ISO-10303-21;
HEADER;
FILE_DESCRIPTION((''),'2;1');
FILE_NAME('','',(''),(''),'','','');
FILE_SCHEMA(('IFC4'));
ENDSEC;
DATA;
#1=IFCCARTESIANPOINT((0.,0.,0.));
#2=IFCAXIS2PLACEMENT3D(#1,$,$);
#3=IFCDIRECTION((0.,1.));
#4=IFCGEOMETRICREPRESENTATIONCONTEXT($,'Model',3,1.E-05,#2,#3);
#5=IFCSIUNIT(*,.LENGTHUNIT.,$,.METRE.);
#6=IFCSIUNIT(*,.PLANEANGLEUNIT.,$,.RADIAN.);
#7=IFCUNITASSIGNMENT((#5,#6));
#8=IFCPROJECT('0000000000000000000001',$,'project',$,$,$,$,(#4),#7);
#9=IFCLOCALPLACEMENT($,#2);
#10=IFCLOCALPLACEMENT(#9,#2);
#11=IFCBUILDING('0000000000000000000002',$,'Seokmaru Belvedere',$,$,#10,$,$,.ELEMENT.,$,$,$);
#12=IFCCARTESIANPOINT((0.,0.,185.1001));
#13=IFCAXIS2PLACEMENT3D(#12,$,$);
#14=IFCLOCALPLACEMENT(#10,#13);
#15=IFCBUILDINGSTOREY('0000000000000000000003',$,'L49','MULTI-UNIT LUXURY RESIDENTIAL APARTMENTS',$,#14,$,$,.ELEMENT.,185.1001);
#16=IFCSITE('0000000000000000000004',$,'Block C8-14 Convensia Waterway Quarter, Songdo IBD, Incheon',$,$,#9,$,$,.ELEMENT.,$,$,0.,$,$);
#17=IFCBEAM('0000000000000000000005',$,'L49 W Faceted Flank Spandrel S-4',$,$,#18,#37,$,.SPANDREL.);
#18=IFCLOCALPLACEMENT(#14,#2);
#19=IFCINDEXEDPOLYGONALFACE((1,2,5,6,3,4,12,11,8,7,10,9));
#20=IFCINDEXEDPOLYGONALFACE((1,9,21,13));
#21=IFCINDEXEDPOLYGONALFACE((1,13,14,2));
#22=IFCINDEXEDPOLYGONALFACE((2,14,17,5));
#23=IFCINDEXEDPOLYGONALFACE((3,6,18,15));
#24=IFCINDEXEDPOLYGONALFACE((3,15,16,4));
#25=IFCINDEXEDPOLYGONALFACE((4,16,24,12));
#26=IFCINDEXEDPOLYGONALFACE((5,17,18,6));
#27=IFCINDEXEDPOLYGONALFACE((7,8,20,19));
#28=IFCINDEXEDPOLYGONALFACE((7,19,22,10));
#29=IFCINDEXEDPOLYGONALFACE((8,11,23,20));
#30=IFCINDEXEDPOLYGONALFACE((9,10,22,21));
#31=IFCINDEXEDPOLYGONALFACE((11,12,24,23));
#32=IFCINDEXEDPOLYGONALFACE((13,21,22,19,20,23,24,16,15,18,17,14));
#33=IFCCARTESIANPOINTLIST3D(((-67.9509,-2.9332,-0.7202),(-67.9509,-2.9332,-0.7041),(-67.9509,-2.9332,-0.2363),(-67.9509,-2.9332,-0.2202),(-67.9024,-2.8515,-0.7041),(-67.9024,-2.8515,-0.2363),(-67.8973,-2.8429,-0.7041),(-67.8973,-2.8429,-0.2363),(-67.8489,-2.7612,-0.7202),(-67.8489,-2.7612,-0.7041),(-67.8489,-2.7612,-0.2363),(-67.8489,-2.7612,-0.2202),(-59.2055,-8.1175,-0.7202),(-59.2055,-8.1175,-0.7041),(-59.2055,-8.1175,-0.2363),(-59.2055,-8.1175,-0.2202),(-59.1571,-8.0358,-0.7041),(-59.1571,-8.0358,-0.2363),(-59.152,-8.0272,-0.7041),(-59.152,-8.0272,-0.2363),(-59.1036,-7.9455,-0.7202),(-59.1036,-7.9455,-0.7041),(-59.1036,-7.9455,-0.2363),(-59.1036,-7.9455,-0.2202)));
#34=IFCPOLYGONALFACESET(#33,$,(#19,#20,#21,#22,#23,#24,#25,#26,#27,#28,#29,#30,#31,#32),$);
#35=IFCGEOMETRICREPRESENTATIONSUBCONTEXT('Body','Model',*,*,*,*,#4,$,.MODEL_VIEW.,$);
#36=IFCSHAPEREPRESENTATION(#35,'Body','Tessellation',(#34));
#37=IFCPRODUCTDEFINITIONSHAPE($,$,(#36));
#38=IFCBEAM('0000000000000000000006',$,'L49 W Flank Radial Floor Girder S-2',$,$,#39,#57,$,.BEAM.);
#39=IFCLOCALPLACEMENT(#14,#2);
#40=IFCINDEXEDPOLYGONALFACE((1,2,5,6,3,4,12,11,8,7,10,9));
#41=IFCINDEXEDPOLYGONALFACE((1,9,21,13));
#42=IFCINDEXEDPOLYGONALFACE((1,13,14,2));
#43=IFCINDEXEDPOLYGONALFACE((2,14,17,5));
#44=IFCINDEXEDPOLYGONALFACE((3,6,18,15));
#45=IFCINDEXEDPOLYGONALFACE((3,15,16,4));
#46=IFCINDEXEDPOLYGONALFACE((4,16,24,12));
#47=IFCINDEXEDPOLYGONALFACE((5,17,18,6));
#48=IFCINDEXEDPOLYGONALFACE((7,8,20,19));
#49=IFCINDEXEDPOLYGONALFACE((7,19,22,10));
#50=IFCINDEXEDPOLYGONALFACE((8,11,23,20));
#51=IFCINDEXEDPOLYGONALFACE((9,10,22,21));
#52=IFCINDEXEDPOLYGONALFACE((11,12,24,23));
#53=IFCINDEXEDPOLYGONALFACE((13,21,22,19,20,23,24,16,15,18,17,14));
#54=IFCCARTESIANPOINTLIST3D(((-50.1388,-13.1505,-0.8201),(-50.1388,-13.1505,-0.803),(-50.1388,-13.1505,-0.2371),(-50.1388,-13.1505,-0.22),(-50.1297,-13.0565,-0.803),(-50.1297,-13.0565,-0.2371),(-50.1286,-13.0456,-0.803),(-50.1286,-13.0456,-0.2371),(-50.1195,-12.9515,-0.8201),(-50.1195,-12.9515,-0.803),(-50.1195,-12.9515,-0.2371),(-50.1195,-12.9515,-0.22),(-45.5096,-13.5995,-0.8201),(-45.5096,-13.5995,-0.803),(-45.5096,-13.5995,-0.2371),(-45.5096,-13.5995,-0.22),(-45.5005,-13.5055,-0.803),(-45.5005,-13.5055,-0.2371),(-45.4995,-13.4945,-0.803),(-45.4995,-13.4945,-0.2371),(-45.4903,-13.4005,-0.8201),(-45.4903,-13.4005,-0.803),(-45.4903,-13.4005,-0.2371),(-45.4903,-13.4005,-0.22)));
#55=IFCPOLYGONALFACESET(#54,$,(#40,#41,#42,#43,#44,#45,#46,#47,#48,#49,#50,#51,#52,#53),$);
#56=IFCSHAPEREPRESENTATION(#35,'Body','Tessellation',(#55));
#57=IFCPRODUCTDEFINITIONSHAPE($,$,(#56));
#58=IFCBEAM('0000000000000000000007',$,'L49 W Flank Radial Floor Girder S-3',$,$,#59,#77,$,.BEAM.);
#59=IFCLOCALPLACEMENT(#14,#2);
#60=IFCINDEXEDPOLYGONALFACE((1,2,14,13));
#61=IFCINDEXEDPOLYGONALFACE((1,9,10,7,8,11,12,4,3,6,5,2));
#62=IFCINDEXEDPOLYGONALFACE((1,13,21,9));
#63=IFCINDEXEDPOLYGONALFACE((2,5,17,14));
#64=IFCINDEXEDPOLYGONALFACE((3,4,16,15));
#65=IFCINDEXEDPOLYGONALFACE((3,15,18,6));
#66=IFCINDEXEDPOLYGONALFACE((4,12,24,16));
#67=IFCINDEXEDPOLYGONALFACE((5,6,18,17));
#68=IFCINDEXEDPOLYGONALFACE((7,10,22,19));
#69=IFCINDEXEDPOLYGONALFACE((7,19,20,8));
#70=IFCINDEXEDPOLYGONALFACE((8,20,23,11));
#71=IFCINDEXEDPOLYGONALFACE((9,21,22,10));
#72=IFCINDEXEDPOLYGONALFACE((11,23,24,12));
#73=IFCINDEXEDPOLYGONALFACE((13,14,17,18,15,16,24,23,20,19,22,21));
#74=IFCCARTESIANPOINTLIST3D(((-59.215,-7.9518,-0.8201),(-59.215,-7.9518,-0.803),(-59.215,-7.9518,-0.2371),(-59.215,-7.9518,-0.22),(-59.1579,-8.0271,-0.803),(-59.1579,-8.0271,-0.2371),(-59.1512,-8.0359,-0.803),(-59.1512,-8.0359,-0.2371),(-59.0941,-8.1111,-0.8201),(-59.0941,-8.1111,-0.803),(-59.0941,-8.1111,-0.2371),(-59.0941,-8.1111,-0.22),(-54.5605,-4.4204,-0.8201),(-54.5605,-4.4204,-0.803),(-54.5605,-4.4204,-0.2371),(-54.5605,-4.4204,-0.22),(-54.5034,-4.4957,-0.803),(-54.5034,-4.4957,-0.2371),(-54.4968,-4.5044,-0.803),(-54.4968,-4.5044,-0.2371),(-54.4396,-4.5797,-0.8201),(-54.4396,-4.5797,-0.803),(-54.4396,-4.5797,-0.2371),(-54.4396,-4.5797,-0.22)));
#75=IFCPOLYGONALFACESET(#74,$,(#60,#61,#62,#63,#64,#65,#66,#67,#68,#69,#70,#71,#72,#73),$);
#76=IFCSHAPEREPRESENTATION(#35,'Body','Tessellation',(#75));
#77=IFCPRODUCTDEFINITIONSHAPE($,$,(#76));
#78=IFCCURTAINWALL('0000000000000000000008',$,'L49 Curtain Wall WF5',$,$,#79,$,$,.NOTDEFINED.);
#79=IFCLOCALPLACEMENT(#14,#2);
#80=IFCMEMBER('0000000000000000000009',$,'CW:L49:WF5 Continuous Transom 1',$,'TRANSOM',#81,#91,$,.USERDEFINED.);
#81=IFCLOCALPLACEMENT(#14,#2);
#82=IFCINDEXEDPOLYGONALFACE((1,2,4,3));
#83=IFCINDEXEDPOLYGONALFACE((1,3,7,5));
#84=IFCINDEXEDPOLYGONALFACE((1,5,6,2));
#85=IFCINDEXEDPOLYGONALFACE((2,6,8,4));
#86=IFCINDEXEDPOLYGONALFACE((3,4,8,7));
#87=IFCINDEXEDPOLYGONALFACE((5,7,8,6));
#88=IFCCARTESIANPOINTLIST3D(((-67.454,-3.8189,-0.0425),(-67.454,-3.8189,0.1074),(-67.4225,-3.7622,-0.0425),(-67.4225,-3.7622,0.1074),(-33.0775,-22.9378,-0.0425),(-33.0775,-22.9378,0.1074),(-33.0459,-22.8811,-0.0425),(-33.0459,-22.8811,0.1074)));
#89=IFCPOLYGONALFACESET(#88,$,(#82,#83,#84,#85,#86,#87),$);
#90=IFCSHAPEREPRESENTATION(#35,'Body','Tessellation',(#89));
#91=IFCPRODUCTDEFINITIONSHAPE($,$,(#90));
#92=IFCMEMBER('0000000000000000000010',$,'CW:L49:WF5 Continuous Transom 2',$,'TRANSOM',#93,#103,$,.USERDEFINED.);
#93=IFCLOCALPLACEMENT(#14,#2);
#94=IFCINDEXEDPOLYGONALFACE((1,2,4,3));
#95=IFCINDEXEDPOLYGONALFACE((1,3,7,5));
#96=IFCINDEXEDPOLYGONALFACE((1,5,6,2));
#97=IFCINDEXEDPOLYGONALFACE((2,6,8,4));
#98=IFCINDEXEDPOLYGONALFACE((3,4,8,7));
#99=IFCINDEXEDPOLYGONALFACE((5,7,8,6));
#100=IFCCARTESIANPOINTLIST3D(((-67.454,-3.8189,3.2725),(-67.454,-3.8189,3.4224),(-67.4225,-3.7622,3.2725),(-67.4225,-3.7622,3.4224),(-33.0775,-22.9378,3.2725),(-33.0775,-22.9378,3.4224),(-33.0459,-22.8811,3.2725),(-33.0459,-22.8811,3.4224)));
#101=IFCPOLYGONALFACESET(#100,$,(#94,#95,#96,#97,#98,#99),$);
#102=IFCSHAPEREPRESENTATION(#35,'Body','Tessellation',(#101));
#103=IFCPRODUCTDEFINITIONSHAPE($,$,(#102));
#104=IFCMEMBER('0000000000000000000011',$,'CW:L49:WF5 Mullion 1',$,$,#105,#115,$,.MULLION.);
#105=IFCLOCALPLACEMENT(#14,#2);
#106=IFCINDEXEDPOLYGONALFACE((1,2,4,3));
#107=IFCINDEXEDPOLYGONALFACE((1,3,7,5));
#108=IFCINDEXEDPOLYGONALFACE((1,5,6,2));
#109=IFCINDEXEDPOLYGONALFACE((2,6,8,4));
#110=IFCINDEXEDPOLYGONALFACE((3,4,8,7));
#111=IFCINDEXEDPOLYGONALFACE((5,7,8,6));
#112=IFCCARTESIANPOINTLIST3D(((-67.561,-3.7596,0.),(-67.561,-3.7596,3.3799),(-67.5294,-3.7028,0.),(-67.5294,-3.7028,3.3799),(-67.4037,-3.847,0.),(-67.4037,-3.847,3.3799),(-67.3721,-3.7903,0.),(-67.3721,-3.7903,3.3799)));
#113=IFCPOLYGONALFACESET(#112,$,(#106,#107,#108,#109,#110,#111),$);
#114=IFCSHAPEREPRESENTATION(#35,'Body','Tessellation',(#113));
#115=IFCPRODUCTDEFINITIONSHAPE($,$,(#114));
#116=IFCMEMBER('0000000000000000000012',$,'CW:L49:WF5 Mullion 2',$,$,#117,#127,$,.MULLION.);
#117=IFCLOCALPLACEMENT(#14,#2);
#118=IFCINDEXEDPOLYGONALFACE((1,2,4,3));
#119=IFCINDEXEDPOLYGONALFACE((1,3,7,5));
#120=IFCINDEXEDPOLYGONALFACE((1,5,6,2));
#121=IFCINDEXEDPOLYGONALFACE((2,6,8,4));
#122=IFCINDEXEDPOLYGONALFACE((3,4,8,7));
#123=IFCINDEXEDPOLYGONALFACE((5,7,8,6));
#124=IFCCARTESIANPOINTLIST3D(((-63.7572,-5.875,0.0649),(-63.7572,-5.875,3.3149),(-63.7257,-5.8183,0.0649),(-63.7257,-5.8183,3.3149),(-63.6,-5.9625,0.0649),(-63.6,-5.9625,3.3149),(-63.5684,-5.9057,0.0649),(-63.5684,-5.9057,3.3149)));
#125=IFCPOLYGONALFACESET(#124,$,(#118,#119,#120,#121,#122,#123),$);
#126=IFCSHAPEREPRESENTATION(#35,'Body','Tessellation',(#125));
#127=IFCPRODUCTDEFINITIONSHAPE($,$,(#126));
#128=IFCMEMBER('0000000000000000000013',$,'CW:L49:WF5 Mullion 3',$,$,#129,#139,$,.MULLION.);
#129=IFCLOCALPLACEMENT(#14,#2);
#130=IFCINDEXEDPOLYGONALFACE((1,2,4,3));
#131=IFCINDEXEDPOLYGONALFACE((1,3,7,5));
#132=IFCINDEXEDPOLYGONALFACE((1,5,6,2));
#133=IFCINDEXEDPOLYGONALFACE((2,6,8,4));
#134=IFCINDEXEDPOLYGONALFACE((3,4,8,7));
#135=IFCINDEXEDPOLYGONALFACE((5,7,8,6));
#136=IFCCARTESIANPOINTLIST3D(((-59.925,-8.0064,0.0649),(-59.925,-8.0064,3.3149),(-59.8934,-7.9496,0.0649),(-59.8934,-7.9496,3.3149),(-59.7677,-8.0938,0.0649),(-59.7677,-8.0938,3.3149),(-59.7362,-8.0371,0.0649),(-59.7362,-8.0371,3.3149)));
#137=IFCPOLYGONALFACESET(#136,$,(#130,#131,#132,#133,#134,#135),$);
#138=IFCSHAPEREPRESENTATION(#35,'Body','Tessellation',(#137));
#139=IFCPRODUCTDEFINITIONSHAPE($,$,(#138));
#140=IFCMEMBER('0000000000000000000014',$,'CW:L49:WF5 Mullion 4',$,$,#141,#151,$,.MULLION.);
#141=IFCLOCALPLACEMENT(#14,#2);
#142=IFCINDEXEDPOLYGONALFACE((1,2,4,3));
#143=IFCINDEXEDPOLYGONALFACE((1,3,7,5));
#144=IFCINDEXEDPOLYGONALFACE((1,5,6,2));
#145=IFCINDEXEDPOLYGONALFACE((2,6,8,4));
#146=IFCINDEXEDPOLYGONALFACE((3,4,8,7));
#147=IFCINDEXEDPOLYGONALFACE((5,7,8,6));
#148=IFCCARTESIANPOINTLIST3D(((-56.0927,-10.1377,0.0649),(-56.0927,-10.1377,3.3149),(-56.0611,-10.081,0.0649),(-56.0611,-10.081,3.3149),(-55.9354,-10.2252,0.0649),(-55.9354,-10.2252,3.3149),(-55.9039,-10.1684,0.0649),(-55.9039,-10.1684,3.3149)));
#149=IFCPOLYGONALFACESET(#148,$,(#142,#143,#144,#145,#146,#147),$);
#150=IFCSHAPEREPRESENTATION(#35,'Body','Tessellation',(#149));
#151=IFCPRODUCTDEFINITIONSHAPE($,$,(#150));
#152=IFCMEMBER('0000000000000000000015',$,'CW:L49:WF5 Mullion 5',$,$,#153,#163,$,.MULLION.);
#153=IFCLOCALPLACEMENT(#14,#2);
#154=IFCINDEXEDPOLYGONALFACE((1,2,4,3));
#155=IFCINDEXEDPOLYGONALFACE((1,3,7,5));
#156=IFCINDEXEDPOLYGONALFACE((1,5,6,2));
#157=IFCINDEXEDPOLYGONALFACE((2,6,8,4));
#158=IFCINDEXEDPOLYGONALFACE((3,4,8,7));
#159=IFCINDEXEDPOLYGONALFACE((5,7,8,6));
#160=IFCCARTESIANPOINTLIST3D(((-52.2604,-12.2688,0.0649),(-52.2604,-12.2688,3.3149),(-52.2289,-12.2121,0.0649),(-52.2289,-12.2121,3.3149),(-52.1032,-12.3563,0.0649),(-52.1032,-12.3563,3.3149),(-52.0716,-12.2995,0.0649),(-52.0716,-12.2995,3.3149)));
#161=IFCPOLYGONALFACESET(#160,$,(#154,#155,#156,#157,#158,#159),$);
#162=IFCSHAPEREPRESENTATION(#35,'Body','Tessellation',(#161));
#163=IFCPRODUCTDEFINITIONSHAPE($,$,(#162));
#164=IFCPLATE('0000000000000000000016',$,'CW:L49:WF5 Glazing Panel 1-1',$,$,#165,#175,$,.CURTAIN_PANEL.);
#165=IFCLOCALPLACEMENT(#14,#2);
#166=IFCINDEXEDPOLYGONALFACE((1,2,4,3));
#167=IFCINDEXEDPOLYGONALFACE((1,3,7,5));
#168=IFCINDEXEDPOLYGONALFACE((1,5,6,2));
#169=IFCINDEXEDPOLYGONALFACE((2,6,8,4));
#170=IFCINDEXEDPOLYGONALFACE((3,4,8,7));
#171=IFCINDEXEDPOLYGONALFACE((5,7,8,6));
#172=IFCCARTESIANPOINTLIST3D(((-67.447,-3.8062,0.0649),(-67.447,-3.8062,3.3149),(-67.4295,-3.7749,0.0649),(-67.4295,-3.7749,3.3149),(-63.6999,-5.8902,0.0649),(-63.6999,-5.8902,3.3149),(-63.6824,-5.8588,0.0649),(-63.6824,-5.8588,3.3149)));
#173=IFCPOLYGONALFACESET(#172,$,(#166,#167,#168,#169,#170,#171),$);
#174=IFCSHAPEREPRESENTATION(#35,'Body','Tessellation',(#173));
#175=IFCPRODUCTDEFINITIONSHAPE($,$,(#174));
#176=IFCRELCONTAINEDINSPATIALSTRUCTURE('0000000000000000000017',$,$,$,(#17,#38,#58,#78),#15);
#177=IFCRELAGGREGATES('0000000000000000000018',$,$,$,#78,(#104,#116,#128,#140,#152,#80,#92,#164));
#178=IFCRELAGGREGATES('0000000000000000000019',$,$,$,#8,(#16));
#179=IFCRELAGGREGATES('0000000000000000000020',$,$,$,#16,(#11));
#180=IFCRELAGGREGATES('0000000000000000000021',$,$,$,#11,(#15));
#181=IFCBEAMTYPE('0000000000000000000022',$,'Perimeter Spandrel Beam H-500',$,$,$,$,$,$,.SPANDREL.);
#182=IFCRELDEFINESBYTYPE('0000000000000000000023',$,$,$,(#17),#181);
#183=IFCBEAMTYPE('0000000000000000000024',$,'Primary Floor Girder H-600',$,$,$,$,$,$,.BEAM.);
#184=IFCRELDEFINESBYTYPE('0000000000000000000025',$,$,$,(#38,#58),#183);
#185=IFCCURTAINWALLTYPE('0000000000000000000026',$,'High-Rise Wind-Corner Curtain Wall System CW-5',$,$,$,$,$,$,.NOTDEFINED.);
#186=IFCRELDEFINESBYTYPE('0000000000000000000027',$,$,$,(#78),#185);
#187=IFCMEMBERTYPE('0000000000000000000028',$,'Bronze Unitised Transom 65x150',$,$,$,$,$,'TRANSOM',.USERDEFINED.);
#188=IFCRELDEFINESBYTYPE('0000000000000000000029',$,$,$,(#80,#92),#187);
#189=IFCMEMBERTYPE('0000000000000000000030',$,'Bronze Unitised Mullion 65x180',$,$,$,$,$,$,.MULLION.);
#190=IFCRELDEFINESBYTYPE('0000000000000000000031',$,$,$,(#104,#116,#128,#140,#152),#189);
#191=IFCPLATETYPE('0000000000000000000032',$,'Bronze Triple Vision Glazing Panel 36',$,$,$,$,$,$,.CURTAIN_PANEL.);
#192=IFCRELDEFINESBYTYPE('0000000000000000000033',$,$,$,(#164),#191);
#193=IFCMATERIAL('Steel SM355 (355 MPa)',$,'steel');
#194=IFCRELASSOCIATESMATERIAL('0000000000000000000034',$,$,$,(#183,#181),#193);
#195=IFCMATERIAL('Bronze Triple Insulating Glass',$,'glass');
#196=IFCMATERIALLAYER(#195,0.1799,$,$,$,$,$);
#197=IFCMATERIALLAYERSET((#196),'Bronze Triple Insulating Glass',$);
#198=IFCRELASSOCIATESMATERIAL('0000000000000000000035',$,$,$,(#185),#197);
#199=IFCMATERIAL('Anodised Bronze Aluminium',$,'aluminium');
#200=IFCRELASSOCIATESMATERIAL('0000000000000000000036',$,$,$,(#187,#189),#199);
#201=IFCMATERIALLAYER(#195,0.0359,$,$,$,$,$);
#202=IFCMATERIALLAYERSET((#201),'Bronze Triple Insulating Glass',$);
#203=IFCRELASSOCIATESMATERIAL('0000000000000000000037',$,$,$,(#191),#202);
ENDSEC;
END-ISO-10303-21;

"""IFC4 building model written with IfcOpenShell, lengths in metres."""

from ifc_helpers import new_model, si_unit, direction, frame, origin, origin_2d, place, context, subcontext, project, spatial, rectangle, i_section, extrude, source, transform, mapped, material, layer, layer_set, material_profile, profile_set, type_object, type_shapes, element, aggregate, save


model = new_model("IFC4")

# Units and contexts
model_context = context("Model", 3, precision=1e-05, world=origin(), true_north=direction((0.0, 1.0)))
body_context = subcontext(model_context, "Body", "Model", "MODEL_VIEW")
ifc_project = project(units=[si_unit("LENGTHUNIT", "METRE"), si_unit("PLANEANGLEUNIT", "RADIAN")], contexts=[model_context])

# Site, building, storey
site_placement = place(None, origin())
site = spatial("IfcSite", under=ifc_project, at=site_placement, Name="Block C8-14 Convensia Waterway Quarter, Songdo IBD, Incheon", CompositionType="ELEMENT", RefElevation=0.0)
building_placement = place(site_placement, origin())
building = spatial("IfcBuilding", under=site, at=building_placement, Name="Seokmaru Belvedere", CompositionType="ELEMENT")
storey_placement = place(building_placement, frame((0.0, 0.0, 185.1001)))
storey = spatial("IfcBuildingStorey", under=building, at=storey_placement, Name="L49", Description="MULTI-UNIT LUXURY RESIDENTIAL APARTMENTS", CompositionType="ELEMENT", Elevation=185.1001)

# Shared definitions
ifc_material_1 = material(Name="Steel SM355 (355 MPa)", Category="steel")

# Beams
ifc_material_profile_1 = material_profile(ifc_material_1, i_section(OverallWidth=0.2, OverallDepth=0.6001, WebThickness=0.011, FlangeThickness=0.0171, at=origin_2d()), Name="H-600x200x11x17")
ifc_profile_set_1 = profile_set([ifc_material_profile_1], Name="Steel SM355 (355 MPa)")
beam_type_1 = type_object("IfcBeamType", Name="Primary Floor Girder H-600", PredefinedType="BEAM", material=ifc_profile_set_1)
ifc_material_profile_2 = material_profile(ifc_material_1, i_section(OverallWidth=0.2, OverallDepth=0.5, WebThickness=0.01, FlangeThickness=0.0161, at=origin_2d()), Name="H-500x200x10x16")
ifc_profile_set_2 = profile_set([ifc_material_profile_2], Name="Steel SM355 (355 MPa)")
beam_type_2 = type_object("IfcBeamType", Name="Perimeter Spandrel Beam H-500", PredefinedType="SPANDREL", material=ifc_profile_set_2)
shared_shape_1 = source(origin(), body_context, "Body", "SweptSolid", [
    extrude(i_section(OverallWidth=0.2, OverallDepth=0.5, WebThickness=0.01, FlangeThickness=0.0161, at=origin_2d()), origin(), (0.0, 0.0, 1.0), 10.1665),
])
beam_1_placement = place(storey_placement, frame((-59.1545, -8.0315, -0.4702), z_axis=(-0.86021, 0.50994, 0.0), x_axis=(-0.50994, -0.86021, 0.0)))
element("IfcBeam", 1, at=beam_1_placement, inside=storey, type_object=beam_type_2, Name="L49 W Faceted Flank Spandrel S-4", PredefinedType="SPANDREL", context=body_context, shape_type="MappedRepresentation", body=[
    mapped(shared_shape_1, transform((0.0, 0.0, 0.0), scale=1.0)),
])
shared_shape_2 = source(origin(), body_context, "Body", "SweptSolid", [
    extrude(i_section(OverallWidth=0.2, OverallDepth=0.6001, WebThickness=0.011, FlangeThickness=0.0171, at=origin_2d()), origin(), (0.0, 0.0, 1.0), 4.6509),
])
beam_2_placement = place(storey_placement, frame((-50.1292, -13.051, -0.52), z_axis=(0.99533, -0.096536, 0.0), x_axis=(0.096536, 0.99533, 0.0)))
element("IfcBeam", 2, at=beam_2_placement, inside=storey, type_object=beam_type_1, Name="L49 W Flank Radial Floor Girder S-2", PredefinedType="BEAM", context=body_context, shape_type="MappedRepresentation", body=[
    mapped(shared_shape_2, transform((0.0, 0.0, 0.0), scale=1.0)),
])
shared_shape_3 = source(origin(), body_context, "Body", "SweptSolid", [
    extrude(i_section(OverallWidth=0.2, OverallDepth=0.6001, WebThickness=0.011, FlangeThickness=0.0171, at=origin_2d()), origin(), (0.0, 0.0, 1.0), 5.8425),
])
beam_3_placement = place(storey_placement, frame((-59.1545, -8.0315, -0.52), z_axis=(0.796653, 0.604437, 0.0), x_axis=(-0.604437, 0.796653, 0.0)))
element("IfcBeam", 3, at=beam_3_placement, inside=storey, type_object=beam_type_1, Name="L49 W Flank Radial Floor Girder S-3", PredefinedType="BEAM", context=body_context, shape_type="MappedRepresentation", body=[
    mapped(shared_shape_3, transform((0.0, 0.0, 0.0), scale=1.0)),
])

# Curtain wall, members, plate
ifc_material_2 = material(Name="Bronze Triple Insulating Glass", Category="glass")
ifc_layer_1 = layer(ifc_material_2, 0.1799)
ifc_layer_set_1 = layer_set([ifc_layer_1], Name="Bronze Triple Insulating Glass")
curtain_wall_type = type_object("IfcCurtainWallType", Name="High-Rise Wind-Corner Curtain Wall System CW-5", PredefinedType="NOTDEFINED", material=ifc_layer_set_1)
curtain_wall_placement = place(storey_placement, origin())
curtain_wall = element("IfcCurtainWall", 4, at=curtain_wall_placement, inside=storey, type_object=curtain_wall_type, Name="L49 Curtain Wall WF5", PredefinedType="NOTDEFINED")
ifc_material_3 = material(Name="Anodised Bronze Aluminium", Category="aluminium")
ifc_material_profile_3 = material_profile(ifc_material_3, rectangle(XDim=0.0649, YDim=0.1499, at=origin_2d()), Name="CW-T-65x150")
ifc_profile_set_3 = profile_set([ifc_material_profile_3], Name="Anodised Bronze Aluminium")
member_type_1 = type_object("IfcMemberType", Name="Bronze Unitised Transom 65x150", ElementType="TRANSOM", PredefinedType="USERDEFINED", material=ifc_profile_set_3)
shared_shape_4 = source(origin(), body_context, "Body", "SweptSolid", [
    extrude(rectangle(XDim=0.0649, YDim=0.1499, at=origin_2d()), origin(), (0.0, 0.0, 1.0), 39.3354),
])
type_shapes(member_type_1, [shared_shape_4])
member_1_placement = place(storey_placement, frame((-67.4382, -3.7905, 0.0325), z_axis=(0.873932, -0.486048, 0.0), x_axis=(0.486048, 0.873932, 0.0)))
member_1 = element("IfcMember", 5, at=member_1_placement, type_object=member_type_1, Name="CW:L49:WF5 Continuous Transom 1", ObjectType="TRANSOM", PredefinedType="USERDEFINED", context=body_context, shape_type="MappedRepresentation", body=[
    mapped(shared_shape_4, transform((0.0, 0.0, 0.0), scale=1.0)),
])
member_2_placement = place(storey_placement, frame((-67.4382, -3.7905, 3.3474), z_axis=(0.873932, -0.486048, 0.0), x_axis=(0.486048, 0.873932, 0.0)))
member_2 = element("IfcMember", 6, at=member_2_placement, type_object=member_type_1, Name="CW:L49:WF5 Continuous Transom 2", ObjectType="TRANSOM", PredefinedType="USERDEFINED", context=body_context, shape_type="MappedRepresentation", body=[
    mapped(shared_shape_4, transform((0.0, 0.0, 0.0), scale=1.0)),
])
ifc_material_profile_4 = material_profile(ifc_material_3, rectangle(XDim=0.0649, YDim=0.1799, at=origin_2d()), Name="CW-M-65x180")
ifc_profile_set_4 = profile_set([ifc_material_profile_4], Name="Anodised Bronze Aluminium")
member_type_2 = type_object("IfcMemberType", Name="Bronze Unitised Mullion 65x180", PredefinedType="MULLION", material=ifc_profile_set_4)
shared_shape_5 = source(origin(), body_context, "Body", "SweptSolid", [
    extrude(rectangle(XDim=0.0649, YDim=0.1799, at=origin_2d()), origin(), (0.0, 0.0, 1.0), 3.3799),
])
member_3_placement = place(storey_placement, frame((-67.4666, -3.7749, 0.0), z_axis=(0.0, 0.0, 1.0), x_axis=(0.486047, 0.873933, 0.0)))
member_3 = element("IfcMember", 7, at=member_3_placement, type_object=member_type_2, Name="CW:L49:WF5 Mullion 1", PredefinedType="MULLION", context=body_context, shape_type="MappedRepresentation", body=[
    mapped(shared_shape_5, transform((0.0, 0.0, 0.0), scale=1.0)),
])
shared_shape_6 = source(origin(), body_context, "Body", "SweptSolid", [
    extrude(rectangle(XDim=0.0649, YDim=0.1799, at=origin_2d()), origin(), (0.0, 0.0, 1.0), 3.25),
])
type_shapes(member_type_2, [shared_shape_5, shared_shape_6])
member_4_placement = place(storey_placement, frame((-63.6628, -5.8904, 0.0649), z_axis=(0.0, 0.0, 1.0), x_axis=(0.486047, 0.873933, 0.0)))
member_4 = element("IfcMember", 8, at=member_4_placement, type_object=member_type_2, Name="CW:L49:WF5 Mullion 2", PredefinedType="MULLION", context=body_context, shape_type="MappedRepresentation", body=[
    mapped(shared_shape_6, transform((0.0, 0.0, 0.0), scale=1.0)),
])
member_5_placement = place(storey_placement, frame((-59.8306, -8.0217, 0.0649), z_axis=(0.0, 0.0, 1.0), x_axis=(0.486047, 0.873933, 0.0)))
member_5 = element("IfcMember", 9, at=member_5_placement, type_object=member_type_2, Name="CW:L49:WF5 Mullion 3", PredefinedType="MULLION", context=body_context, shape_type="MappedRepresentation", body=[
    mapped(shared_shape_6, transform((0.0, 0.0, 0.0), scale=1.0)),
])
member_6_placement = place(storey_placement, frame((-55.9983, -10.1531, 0.0649), z_axis=(0.0, 0.0, 1.0), x_axis=(0.486047, 0.873933, 0.0)))
member_6 = element("IfcMember", 10, at=member_6_placement, type_object=member_type_2, Name="CW:L49:WF5 Mullion 4", PredefinedType="MULLION", context=body_context, shape_type="MappedRepresentation", body=[
    mapped(shared_shape_6, transform((0.0, 0.0, 0.0), scale=1.0)),
])
member_7_placement = place(storey_placement, frame((-52.166, -12.2842, 0.0649), z_axis=(0.0, 0.0, 1.0), x_axis=(0.486047, 0.873933, 0.0)))
member_7 = element("IfcMember", 11, at=member_7_placement, type_object=member_type_2, Name="CW:L49:WF5 Mullion 5", PredefinedType="MULLION", context=body_context, shape_type="MappedRepresentation", body=[
    mapped(shared_shape_6, transform((0.0, 0.0, 0.0), scale=1.0)),
])
ifc_layer_2 = layer(ifc_material_2, 0.0359)
ifc_layer_set_2 = layer_set([ifc_layer_2], Name="Bronze Triple Insulating Glass")
plate_type = type_object("IfcPlateType", Name="Bronze Triple Vision Glazing Panel 36", PredefinedType="CURTAIN_PANEL", material=ifc_layer_set_2)
shared_shape_7 = source(origin(), body_context, "Body", "SweptSolid", [
    extrude(rectangle(XDim=4.2876, YDim=0.0359, at=origin_2d()), origin(), (0.0, 0.0, 1.0), 3.25),
])
plate_1_placement = place(storey_placement, frame((-65.5647, -4.8325, 0.0649), z_axis=(0.0, 0.0, 1.0), x_axis=(0.873933, -0.486047, 0.0)))
plate_1 = element("IfcPlate", 12, at=plate_1_placement, type_object=plate_type, Name="CW:L49:WF5 Glazing Panel 1-1", PredefinedType="CURTAIN_PANEL", context=body_context, shape_type="MappedRepresentation", body=[
    mapped(shared_shape_7, transform((0.0, 0.0, 0.0), scale=1.0)),
])
aggregate(curtain_wall, [member_3, member_4, member_5, member_6, member_7, member_1, member_2, plate_1])

save(model, "model.ifc")
